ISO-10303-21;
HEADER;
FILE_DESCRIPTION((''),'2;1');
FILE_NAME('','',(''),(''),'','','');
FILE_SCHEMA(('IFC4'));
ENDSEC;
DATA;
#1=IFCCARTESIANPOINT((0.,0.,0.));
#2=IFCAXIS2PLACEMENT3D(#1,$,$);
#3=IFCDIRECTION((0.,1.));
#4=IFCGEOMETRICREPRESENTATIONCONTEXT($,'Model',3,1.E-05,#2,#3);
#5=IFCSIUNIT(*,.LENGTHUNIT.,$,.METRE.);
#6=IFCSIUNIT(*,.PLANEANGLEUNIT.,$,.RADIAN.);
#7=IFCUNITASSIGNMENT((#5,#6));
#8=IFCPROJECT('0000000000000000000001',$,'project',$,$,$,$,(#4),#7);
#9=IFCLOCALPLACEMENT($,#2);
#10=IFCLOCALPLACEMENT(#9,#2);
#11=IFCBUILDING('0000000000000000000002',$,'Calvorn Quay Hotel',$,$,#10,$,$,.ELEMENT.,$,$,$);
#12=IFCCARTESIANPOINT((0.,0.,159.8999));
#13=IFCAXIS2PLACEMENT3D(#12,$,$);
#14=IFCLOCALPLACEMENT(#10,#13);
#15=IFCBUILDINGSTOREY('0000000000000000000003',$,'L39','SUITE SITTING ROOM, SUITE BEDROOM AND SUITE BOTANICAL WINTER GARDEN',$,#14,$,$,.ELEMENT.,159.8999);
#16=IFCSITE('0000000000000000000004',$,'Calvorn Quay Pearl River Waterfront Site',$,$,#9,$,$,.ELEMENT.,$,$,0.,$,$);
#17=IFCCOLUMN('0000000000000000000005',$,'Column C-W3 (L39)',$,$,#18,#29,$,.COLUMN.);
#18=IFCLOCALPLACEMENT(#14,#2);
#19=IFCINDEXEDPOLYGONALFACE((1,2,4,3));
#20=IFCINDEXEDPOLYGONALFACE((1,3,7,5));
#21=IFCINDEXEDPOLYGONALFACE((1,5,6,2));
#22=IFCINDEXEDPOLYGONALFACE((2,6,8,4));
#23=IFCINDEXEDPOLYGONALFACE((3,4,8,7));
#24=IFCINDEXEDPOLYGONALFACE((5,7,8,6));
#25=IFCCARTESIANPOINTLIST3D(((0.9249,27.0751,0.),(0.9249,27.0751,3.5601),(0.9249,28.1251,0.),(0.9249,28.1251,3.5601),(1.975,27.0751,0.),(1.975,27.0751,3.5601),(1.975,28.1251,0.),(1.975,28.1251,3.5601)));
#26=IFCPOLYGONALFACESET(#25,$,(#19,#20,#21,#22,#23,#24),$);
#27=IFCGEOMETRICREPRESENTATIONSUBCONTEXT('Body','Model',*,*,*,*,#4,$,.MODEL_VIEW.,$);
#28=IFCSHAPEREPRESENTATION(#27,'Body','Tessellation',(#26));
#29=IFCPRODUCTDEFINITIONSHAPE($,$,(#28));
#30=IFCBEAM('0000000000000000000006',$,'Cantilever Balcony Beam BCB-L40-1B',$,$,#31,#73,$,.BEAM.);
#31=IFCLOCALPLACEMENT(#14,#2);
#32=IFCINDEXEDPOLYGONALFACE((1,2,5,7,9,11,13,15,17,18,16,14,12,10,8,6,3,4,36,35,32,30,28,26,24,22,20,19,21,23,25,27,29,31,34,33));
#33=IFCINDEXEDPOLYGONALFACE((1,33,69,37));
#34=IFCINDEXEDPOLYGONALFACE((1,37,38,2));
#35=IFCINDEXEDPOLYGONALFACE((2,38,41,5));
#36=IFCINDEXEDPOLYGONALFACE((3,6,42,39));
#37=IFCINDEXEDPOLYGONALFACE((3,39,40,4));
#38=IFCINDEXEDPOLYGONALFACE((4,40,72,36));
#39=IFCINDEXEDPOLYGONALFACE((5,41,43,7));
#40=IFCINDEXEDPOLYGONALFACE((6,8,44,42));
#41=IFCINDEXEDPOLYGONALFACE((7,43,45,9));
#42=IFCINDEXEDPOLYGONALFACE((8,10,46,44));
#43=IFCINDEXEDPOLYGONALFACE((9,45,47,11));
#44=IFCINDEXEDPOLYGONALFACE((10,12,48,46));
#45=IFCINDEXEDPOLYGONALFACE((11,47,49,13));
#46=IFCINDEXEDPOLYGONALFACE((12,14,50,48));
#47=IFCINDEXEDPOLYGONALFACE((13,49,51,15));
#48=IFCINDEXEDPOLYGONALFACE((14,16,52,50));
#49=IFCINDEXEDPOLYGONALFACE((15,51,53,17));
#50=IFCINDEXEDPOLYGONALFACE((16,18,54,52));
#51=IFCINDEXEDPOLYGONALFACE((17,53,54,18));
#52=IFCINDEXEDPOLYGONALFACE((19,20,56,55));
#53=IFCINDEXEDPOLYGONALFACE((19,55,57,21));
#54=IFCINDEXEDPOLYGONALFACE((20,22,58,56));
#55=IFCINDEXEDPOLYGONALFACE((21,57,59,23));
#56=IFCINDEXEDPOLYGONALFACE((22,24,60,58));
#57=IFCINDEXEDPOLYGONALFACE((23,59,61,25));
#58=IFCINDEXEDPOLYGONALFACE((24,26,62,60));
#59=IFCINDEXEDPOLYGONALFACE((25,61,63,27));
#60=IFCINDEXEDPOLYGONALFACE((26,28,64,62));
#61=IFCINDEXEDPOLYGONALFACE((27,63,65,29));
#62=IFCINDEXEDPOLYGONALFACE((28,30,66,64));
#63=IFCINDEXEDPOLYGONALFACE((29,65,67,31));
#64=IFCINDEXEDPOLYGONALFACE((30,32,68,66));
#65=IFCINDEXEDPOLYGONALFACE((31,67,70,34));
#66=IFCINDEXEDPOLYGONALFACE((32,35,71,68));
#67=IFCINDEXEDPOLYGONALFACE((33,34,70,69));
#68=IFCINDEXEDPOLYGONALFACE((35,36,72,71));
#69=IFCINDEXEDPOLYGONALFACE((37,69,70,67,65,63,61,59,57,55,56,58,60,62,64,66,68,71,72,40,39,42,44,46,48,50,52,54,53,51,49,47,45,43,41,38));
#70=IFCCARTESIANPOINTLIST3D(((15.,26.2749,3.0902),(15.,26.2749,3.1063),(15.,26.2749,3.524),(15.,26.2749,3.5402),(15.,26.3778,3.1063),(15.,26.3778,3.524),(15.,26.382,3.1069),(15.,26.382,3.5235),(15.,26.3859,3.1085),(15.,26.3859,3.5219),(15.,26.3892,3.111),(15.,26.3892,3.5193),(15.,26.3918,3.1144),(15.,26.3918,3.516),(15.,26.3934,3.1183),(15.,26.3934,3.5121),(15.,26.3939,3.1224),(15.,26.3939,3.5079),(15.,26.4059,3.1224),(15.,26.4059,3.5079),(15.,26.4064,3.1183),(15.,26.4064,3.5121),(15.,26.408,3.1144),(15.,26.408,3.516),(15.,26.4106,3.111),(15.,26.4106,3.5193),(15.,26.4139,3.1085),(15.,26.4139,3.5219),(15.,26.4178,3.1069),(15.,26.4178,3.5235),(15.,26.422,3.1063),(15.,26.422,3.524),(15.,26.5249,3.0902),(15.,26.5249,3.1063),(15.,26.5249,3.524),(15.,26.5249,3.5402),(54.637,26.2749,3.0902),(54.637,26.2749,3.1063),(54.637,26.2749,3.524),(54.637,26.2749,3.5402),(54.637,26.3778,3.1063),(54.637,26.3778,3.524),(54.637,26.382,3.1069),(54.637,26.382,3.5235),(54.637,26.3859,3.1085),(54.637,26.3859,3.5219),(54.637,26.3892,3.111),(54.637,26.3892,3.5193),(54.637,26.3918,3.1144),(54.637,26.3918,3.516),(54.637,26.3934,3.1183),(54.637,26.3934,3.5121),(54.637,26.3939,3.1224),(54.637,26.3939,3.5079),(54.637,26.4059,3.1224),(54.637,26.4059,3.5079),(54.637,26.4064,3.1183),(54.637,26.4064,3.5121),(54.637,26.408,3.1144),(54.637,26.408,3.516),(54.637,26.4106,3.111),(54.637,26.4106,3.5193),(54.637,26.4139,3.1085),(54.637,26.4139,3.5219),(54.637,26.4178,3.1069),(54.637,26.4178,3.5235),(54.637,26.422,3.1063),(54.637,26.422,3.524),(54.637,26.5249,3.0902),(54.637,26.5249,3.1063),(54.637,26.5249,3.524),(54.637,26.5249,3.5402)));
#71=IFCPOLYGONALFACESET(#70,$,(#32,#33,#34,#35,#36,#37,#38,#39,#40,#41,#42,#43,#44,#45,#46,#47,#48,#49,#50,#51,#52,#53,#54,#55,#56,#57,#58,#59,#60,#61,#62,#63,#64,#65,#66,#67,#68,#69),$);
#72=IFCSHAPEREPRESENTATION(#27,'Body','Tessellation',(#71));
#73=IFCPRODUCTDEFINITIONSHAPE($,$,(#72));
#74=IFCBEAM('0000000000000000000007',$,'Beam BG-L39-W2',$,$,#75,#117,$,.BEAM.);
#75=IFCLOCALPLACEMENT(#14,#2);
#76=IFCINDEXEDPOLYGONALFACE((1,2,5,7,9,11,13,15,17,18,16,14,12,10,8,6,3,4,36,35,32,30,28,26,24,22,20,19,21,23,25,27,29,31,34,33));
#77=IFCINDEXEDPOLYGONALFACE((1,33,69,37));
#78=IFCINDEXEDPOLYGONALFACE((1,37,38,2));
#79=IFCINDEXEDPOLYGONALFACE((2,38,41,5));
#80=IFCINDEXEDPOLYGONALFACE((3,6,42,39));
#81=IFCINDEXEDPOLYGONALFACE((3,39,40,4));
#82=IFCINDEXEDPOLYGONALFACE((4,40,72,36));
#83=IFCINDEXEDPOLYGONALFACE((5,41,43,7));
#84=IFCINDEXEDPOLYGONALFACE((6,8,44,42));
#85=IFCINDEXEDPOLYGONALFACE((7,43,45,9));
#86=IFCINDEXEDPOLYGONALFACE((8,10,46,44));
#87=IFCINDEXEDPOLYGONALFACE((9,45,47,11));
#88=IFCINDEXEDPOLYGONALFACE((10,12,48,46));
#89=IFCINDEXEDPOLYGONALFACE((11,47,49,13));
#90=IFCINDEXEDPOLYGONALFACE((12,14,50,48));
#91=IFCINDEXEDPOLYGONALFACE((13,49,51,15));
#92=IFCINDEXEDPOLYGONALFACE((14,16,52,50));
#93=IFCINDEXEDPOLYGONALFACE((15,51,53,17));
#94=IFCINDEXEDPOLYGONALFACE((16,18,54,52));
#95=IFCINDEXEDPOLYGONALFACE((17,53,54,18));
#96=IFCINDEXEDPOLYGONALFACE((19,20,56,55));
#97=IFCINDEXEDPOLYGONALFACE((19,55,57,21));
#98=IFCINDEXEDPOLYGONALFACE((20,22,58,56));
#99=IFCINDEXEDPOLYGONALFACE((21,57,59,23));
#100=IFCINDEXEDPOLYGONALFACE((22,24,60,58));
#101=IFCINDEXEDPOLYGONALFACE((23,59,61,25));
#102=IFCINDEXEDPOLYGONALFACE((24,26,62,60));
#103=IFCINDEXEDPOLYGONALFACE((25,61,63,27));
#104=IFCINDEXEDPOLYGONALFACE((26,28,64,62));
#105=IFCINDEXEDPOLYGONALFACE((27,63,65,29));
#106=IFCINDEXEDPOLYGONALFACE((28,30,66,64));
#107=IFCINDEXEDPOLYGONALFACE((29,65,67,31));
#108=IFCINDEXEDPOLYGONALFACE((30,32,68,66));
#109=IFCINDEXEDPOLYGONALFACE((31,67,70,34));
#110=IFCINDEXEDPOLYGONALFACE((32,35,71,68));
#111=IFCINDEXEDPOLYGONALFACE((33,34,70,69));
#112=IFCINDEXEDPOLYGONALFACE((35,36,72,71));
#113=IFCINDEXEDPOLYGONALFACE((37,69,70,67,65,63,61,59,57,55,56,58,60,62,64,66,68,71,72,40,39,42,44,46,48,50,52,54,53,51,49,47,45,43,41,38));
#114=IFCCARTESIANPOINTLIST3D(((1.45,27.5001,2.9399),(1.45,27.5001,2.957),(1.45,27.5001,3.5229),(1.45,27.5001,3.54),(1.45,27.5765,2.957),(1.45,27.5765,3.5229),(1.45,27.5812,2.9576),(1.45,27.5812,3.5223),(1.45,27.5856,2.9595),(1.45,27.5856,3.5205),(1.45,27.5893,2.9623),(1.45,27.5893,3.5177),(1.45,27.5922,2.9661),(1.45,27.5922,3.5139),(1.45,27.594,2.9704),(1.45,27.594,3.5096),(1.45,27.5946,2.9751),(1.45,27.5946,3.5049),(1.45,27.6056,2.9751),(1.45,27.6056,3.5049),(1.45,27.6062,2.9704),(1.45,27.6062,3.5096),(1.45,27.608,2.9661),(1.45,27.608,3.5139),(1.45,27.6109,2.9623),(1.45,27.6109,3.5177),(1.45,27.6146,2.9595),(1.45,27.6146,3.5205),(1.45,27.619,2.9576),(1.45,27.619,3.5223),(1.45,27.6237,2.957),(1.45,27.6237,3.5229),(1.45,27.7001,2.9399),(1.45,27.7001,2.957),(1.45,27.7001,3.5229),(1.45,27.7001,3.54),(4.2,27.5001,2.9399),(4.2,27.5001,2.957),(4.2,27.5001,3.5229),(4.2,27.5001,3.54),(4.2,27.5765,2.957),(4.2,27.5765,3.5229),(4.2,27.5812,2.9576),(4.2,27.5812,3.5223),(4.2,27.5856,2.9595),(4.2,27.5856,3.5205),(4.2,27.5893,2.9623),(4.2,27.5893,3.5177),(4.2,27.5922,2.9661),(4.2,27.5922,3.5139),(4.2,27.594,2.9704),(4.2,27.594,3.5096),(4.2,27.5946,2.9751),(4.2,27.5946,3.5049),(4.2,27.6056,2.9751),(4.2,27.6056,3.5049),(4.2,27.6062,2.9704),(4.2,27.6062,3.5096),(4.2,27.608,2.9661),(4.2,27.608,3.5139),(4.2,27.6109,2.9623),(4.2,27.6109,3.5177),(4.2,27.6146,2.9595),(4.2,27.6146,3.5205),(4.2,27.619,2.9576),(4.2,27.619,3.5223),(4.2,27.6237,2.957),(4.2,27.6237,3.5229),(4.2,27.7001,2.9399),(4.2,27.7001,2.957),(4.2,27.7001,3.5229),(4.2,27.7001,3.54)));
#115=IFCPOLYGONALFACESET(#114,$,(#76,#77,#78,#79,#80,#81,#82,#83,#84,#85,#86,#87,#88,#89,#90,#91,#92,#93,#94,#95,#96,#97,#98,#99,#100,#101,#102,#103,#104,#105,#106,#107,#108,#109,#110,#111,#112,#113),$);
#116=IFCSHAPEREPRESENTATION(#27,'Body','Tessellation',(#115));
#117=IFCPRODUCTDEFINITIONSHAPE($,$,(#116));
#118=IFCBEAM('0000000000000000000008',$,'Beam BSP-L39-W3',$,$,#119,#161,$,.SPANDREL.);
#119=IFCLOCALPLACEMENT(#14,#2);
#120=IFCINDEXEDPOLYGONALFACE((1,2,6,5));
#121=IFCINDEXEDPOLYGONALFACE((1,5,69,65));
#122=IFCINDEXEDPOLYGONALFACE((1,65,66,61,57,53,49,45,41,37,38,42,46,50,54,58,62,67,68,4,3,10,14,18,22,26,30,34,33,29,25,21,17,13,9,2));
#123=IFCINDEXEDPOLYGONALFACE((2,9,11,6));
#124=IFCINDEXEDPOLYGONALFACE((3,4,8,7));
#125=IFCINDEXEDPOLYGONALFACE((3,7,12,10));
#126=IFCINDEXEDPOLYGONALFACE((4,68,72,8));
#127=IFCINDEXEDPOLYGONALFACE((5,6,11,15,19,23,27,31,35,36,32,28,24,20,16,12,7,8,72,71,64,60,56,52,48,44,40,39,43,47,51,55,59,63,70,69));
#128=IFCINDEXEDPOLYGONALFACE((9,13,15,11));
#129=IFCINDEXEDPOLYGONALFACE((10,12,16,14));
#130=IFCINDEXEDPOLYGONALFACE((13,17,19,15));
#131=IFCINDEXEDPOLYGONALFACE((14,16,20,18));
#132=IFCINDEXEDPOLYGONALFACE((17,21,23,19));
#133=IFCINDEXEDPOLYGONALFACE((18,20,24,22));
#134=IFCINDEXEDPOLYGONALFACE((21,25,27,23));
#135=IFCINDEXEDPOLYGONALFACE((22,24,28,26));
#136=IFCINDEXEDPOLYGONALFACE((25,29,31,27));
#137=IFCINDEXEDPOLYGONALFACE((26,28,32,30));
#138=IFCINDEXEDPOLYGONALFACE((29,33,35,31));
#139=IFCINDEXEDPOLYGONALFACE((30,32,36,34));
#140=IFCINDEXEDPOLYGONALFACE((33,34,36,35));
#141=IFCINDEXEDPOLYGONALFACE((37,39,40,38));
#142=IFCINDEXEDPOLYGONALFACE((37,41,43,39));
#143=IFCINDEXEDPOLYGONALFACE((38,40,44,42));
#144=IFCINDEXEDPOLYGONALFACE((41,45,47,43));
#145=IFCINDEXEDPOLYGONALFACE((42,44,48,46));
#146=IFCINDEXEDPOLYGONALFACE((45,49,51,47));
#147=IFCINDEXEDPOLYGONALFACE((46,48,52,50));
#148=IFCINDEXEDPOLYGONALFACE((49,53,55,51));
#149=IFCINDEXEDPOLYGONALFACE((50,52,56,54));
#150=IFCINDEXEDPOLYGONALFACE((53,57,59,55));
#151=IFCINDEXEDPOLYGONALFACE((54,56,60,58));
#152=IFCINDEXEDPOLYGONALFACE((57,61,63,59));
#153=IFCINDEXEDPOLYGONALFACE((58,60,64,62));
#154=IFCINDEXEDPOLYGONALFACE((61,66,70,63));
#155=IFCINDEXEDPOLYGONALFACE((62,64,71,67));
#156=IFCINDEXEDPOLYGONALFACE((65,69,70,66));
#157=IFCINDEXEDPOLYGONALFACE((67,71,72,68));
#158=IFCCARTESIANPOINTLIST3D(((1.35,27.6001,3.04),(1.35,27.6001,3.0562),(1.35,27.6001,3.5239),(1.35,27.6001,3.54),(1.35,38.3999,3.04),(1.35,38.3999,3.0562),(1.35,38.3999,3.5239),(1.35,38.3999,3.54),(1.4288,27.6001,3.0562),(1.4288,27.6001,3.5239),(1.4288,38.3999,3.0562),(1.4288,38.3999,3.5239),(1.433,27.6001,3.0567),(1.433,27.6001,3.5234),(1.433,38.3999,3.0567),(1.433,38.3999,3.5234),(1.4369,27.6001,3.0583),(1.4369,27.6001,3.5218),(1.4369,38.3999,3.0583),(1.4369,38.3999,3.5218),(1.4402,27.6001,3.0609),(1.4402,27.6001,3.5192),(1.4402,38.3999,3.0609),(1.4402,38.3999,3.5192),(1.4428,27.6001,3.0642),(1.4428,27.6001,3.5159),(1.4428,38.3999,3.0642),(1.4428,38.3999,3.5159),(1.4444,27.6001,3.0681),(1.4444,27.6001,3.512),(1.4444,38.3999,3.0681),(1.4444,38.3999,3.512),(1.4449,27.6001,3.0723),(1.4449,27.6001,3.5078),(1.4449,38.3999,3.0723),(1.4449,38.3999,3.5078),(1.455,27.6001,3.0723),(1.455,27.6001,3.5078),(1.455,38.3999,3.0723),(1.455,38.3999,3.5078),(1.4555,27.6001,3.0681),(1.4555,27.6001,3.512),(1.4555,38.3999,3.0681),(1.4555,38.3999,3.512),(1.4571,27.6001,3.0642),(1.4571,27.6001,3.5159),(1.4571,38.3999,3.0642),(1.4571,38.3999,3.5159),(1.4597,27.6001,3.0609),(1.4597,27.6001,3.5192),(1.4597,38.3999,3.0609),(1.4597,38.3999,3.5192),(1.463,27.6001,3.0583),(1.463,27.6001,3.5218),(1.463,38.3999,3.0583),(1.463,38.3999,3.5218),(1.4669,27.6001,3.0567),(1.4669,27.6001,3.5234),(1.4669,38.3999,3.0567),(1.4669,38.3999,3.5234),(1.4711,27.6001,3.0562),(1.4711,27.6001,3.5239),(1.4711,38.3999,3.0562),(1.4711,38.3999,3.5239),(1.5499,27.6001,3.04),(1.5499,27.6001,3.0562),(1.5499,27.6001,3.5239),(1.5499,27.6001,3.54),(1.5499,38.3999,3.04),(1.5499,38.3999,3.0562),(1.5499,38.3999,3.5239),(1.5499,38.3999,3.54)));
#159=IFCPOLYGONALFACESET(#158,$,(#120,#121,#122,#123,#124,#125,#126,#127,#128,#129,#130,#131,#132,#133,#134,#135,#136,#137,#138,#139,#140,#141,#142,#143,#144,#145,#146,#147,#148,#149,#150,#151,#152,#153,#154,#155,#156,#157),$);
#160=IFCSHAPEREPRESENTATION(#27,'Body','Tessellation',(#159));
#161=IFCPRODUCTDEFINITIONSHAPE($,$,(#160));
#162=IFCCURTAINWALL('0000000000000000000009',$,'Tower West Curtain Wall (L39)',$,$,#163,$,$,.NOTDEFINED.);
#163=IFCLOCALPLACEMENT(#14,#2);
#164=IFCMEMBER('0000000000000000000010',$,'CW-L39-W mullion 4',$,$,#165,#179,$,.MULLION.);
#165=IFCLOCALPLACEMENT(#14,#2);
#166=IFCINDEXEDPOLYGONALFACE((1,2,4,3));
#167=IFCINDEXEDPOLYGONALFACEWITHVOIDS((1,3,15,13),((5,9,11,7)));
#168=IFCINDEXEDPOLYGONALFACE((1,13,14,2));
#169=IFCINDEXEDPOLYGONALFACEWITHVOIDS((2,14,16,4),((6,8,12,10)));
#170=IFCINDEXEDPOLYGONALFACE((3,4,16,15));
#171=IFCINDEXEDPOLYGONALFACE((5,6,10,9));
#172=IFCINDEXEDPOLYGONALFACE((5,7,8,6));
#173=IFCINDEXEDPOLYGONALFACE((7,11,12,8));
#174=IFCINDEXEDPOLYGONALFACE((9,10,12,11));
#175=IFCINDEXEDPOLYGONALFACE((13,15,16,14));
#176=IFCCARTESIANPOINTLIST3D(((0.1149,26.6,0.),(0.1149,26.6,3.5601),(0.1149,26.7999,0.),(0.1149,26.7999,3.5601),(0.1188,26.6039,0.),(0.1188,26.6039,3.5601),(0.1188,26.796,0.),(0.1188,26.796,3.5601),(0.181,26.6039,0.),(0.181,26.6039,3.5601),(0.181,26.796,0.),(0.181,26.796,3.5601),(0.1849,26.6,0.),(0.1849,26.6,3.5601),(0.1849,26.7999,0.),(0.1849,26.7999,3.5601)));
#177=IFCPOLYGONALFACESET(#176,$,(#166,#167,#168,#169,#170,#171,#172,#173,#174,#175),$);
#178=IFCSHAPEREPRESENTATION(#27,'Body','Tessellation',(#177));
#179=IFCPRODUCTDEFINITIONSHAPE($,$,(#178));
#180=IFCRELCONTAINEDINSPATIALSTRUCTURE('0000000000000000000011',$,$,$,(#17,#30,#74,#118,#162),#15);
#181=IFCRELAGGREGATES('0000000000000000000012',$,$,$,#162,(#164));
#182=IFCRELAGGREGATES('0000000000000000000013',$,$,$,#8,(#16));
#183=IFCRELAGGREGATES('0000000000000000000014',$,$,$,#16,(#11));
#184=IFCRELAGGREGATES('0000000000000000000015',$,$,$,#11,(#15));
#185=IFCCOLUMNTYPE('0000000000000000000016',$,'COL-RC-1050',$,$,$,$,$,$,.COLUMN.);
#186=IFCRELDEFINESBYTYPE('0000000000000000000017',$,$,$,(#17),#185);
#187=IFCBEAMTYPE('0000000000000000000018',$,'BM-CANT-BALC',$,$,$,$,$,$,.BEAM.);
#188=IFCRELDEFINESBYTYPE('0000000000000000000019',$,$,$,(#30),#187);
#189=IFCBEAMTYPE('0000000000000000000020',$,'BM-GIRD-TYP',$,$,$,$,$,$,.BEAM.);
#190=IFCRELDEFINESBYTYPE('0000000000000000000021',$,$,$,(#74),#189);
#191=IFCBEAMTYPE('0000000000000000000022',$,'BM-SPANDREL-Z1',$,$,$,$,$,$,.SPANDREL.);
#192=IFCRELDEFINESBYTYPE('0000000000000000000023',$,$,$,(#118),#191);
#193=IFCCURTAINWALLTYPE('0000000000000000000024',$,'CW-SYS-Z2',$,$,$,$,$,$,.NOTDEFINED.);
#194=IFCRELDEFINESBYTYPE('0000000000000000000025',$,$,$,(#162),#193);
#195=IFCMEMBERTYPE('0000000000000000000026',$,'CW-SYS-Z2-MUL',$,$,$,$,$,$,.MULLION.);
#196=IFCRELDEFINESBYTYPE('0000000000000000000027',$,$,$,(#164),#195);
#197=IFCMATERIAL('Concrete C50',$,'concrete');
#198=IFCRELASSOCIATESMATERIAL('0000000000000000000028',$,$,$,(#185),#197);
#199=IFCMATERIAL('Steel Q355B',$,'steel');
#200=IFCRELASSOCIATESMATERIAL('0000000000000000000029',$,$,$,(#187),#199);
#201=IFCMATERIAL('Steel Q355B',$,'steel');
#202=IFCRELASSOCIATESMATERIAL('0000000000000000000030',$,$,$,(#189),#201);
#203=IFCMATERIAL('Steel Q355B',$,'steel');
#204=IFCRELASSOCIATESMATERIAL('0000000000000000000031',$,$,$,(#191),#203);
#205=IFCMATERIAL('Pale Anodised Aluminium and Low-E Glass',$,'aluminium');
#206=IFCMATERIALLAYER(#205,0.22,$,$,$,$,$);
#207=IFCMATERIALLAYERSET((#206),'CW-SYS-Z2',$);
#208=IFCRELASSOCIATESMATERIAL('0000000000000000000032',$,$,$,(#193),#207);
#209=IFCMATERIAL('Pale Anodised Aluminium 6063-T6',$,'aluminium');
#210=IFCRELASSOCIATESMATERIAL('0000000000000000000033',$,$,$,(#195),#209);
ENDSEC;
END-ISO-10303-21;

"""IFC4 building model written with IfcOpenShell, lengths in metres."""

from ifc_helpers import new_model, si_unit, direction, frame, origin, origin_2d, place, context, subcontext, project, spatial, rectangle, hollow_rectangle, i_section, extrude, material, layer, layer_set, material_profile, profile_set, type_object, element, aggregate, save


model = new_model("IFC4")

# Units and contexts
model_context = context("Model", 3, precision=1e-05, world=origin(), true_north=direction((0.0, 1.0)))
body_context = subcontext(model_context, "Body", "Model", "MODEL_VIEW")
ifc_project = project(units=[si_unit("LENGTHUNIT", "METRE"), si_unit("PLANEANGLEUNIT", "RADIAN")], contexts=[model_context])

# Site, building, storey
site_placement = place(None, origin())
site = spatial("IfcSite", under=ifc_project, at=site_placement, Name="Calvorn Quay Pearl River Waterfront Site", CompositionType="ELEMENT", RefElevation=0.0)
building_placement = place(site_placement, origin())
building = spatial("IfcBuilding", under=site, at=building_placement, Name="Calvorn Quay Hotel", CompositionType="ELEMENT")
storey_placement = place(building_placement, frame((0.0, 0.0, 159.8999)))
storey = spatial("IfcBuildingStorey", under=building, at=storey_placement, Name="L39", Description="SUITE SITTING ROOM, SUITE BEDROOM AND SUITE BOTANICAL WINTER GARDEN", CompositionType="ELEMENT", Elevation=159.8999)

# Column
ifc_material_1 = material(Name="Concrete C50", Category="concrete")
ifc_material_profile_1 = material_profile(ifc_material_1, rectangle(XDim=1.05, YDim=1.05, at=origin_2d()), Name="RC1050x1050")
ifc_profile_set_1 = profile_set([ifc_material_profile_1], Name="Concrete C50")
column_type = type_object("IfcColumnType", Name="COL-RC-1050", PredefinedType="COLUMN", material=ifc_profile_set_1)
column_placement = place(storey_placement, frame((1.45, 27.6001, 0.0), z_axis=(0.0, 0.0, 1.0), x_axis=(1.0, 0.0, 0.0)))
element("IfcColumn", 1, at=column_placement, inside=storey, type_object=column_type, Name="Column C-W3 (L39)", PredefinedType="COLUMN", context=body_context, shape_type="SweptSolid", body=[
    extrude(rectangle(XDim=1.05, YDim=1.05, at=origin_2d()), origin(), (0.0, 0.0, 1.0), 3.5601),
])

# Beams
ifc_material_2 = material(Name="Steel Q355B", Category="steel")
ifc_material_profile_2 = material_profile(ifc_material_2, i_section(OverallWidth=0.25, OverallDepth=0.45, WebThickness=0.012, FlangeThickness=0.0161, FilletRadius=0.0161, at=origin_2d()), Name="HN450x250x12x16")
ifc_profile_set_2 = profile_set([ifc_material_profile_2], Name="Steel Q355B")
beam_type_1 = type_object("IfcBeamType", Name="BM-CANT-BALC", PredefinedType="BEAM", material=ifc_profile_set_2)
beam_1_placement = place(storey_placement, frame((15.0, 26.3999, 3.3152), z_axis=(1.0, 0.0, 0.0), x_axis=(0.0, 1.0, 0.0)))
element("IfcBeam", 2, at=beam_1_placement, inside=storey, type_object=beam_type_1, Name="Cantilever Balcony Beam BCB-L40-1B", PredefinedType="BEAM", context=body_context, shape_type="SweptSolid", body=[
    extrude(i_section(OverallWidth=0.25, OverallDepth=0.45, WebThickness=0.012, FlangeThickness=0.0161, FilletRadius=0.0161, at=origin_2d()), origin(), (0.0, 0.0, 1.0), 39.637),
])
ifc_material_3 = material(Name="Steel Q355B", Category="steel")
ifc_material_profile_3 = material_profile(ifc_material_3, i_section(OverallWidth=0.2, OverallDepth=0.6001, WebThickness=0.011, FlangeThickness=0.0171, FilletRadius=0.0181, at=origin_2d()), Name="HN600x200x11x17")
ifc_profile_set_3 = profile_set([ifc_material_profile_3], Name="Steel Q355B")
beam_type_2 = type_object("IfcBeamType", Name="BM-GIRD-TYP", PredefinedType="BEAM", material=ifc_profile_set_3)
beam_2_placement = place(storey_placement, frame((1.45, 27.6001, 3.24), z_axis=(1.0, 0.0, 0.0), x_axis=(0.0, 1.0, 0.0)))
element("IfcBeam", 3, at=beam_2_placement, inside=storey, type_object=beam_type_2, Name="Beam BG-L39-W2", PredefinedType="BEAM", context=body_context, shape_type="SweptSolid", body=[
    extrude(i_section(OverallWidth=0.2, OverallDepth=0.6001, WebThickness=0.011, FlangeThickness=0.0171, FilletRadius=0.0181, at=origin_2d()), origin(), (0.0, 0.0, 1.0), 2.75),
])
ifc_material_4 = material(Name="Steel Q355B", Category="steel")
ifc_material_profile_4 = material_profile(ifc_material_4, i_section(OverallWidth=0.2, OverallDepth=0.5, WebThickness=0.01, FlangeThickness=0.0161, FilletRadius=0.0161, at=origin_2d()), Name="HN500x200x10x16")
ifc_profile_set_4 = profile_set([ifc_material_profile_4], Name="Steel Q355B")
beam_type_3 = type_object("IfcBeamType", Name="BM-SPANDREL-Z1", PredefinedType="SPANDREL", material=ifc_profile_set_4)
beam_3_placement = place(storey_placement, frame((1.45, 27.6001, 3.29), z_axis=(0.0, 1.0, 0.0), x_axis=(-1.0, 0.0, 0.0)))
element("IfcBeam", 4, at=beam_3_placement, inside=storey, type_object=beam_type_3, Name="Beam BSP-L39-W3", PredefinedType="SPANDREL", context=body_context, shape_type="SweptSolid", body=[
    extrude(i_section(OverallWidth=0.2, OverallDepth=0.5, WebThickness=0.01, FlangeThickness=0.0161, FilletRadius=0.0161, at=origin_2d()), origin(), (0.0, 0.0, 1.0), 10.7998),
])

# Curtain wall, member
ifc_material_5 = material(Name="Pale Anodised Aluminium and Low-E Glass", Category="aluminium")
ifc_layer_1 = layer(ifc_material_5, 0.22)
ifc_layer_set_1 = layer_set([ifc_layer_1], Name="CW-SYS-Z2")
curtain_wall_type = type_object("IfcCurtainWallType", Name="CW-SYS-Z2", PredefinedType="NOTDEFINED", material=ifc_layer_set_1)
curtain_wall_placement = place(storey_placement, origin())
curtain_wall = element("IfcCurtainWall", 5, at=curtain_wall_placement, inside=storey, type_object=curtain_wall_type, Name="Tower West Curtain Wall (L39)", PredefinedType="NOTDEFINED")
ifc_material_6 = material(Name="Pale Anodised Aluminium 6063-T6", Category="aluminium")
ifc_material_profile_5 = material_profile(ifc_material_6, hollow_rectangle(XDim=0.0701, YDim=0.2, WallThickness=0.0039, at=origin_2d()), Name="ALU-M200x70x4")
ifc_profile_set_5 = profile_set([ifc_material_profile_5], Name="Pale Anodised Aluminium 6063-T6")
member_type_1 = type_object("IfcMemberType", Name="CW-SYS-Z2-MUL", PredefinedType="MULLION", material=ifc_profile_set_5)
member_1_placement = place(storey_placement, frame((0.1499, 26.7, 0.0), z_axis=(0.0, 0.0, 1.0), x_axis=(-1.0, 0.0, 0.0)))
member_1 = element("IfcMember", 6, at=member_1_placement, type_object=member_type_1, Name="CW-L39-W mullion 4", PredefinedType="MULLION", context=body_context, shape_type="SweptSolid", body=[
    extrude(hollow_rectangle(XDim=0.0701, YDim=0.2, WallThickness=0.0039, at=origin_2d()), origin(), (0.0, 0.0, 1.0), 3.5601),
])
aggregate(curtain_wall, [member_1])

save(model, "model.ifc")
